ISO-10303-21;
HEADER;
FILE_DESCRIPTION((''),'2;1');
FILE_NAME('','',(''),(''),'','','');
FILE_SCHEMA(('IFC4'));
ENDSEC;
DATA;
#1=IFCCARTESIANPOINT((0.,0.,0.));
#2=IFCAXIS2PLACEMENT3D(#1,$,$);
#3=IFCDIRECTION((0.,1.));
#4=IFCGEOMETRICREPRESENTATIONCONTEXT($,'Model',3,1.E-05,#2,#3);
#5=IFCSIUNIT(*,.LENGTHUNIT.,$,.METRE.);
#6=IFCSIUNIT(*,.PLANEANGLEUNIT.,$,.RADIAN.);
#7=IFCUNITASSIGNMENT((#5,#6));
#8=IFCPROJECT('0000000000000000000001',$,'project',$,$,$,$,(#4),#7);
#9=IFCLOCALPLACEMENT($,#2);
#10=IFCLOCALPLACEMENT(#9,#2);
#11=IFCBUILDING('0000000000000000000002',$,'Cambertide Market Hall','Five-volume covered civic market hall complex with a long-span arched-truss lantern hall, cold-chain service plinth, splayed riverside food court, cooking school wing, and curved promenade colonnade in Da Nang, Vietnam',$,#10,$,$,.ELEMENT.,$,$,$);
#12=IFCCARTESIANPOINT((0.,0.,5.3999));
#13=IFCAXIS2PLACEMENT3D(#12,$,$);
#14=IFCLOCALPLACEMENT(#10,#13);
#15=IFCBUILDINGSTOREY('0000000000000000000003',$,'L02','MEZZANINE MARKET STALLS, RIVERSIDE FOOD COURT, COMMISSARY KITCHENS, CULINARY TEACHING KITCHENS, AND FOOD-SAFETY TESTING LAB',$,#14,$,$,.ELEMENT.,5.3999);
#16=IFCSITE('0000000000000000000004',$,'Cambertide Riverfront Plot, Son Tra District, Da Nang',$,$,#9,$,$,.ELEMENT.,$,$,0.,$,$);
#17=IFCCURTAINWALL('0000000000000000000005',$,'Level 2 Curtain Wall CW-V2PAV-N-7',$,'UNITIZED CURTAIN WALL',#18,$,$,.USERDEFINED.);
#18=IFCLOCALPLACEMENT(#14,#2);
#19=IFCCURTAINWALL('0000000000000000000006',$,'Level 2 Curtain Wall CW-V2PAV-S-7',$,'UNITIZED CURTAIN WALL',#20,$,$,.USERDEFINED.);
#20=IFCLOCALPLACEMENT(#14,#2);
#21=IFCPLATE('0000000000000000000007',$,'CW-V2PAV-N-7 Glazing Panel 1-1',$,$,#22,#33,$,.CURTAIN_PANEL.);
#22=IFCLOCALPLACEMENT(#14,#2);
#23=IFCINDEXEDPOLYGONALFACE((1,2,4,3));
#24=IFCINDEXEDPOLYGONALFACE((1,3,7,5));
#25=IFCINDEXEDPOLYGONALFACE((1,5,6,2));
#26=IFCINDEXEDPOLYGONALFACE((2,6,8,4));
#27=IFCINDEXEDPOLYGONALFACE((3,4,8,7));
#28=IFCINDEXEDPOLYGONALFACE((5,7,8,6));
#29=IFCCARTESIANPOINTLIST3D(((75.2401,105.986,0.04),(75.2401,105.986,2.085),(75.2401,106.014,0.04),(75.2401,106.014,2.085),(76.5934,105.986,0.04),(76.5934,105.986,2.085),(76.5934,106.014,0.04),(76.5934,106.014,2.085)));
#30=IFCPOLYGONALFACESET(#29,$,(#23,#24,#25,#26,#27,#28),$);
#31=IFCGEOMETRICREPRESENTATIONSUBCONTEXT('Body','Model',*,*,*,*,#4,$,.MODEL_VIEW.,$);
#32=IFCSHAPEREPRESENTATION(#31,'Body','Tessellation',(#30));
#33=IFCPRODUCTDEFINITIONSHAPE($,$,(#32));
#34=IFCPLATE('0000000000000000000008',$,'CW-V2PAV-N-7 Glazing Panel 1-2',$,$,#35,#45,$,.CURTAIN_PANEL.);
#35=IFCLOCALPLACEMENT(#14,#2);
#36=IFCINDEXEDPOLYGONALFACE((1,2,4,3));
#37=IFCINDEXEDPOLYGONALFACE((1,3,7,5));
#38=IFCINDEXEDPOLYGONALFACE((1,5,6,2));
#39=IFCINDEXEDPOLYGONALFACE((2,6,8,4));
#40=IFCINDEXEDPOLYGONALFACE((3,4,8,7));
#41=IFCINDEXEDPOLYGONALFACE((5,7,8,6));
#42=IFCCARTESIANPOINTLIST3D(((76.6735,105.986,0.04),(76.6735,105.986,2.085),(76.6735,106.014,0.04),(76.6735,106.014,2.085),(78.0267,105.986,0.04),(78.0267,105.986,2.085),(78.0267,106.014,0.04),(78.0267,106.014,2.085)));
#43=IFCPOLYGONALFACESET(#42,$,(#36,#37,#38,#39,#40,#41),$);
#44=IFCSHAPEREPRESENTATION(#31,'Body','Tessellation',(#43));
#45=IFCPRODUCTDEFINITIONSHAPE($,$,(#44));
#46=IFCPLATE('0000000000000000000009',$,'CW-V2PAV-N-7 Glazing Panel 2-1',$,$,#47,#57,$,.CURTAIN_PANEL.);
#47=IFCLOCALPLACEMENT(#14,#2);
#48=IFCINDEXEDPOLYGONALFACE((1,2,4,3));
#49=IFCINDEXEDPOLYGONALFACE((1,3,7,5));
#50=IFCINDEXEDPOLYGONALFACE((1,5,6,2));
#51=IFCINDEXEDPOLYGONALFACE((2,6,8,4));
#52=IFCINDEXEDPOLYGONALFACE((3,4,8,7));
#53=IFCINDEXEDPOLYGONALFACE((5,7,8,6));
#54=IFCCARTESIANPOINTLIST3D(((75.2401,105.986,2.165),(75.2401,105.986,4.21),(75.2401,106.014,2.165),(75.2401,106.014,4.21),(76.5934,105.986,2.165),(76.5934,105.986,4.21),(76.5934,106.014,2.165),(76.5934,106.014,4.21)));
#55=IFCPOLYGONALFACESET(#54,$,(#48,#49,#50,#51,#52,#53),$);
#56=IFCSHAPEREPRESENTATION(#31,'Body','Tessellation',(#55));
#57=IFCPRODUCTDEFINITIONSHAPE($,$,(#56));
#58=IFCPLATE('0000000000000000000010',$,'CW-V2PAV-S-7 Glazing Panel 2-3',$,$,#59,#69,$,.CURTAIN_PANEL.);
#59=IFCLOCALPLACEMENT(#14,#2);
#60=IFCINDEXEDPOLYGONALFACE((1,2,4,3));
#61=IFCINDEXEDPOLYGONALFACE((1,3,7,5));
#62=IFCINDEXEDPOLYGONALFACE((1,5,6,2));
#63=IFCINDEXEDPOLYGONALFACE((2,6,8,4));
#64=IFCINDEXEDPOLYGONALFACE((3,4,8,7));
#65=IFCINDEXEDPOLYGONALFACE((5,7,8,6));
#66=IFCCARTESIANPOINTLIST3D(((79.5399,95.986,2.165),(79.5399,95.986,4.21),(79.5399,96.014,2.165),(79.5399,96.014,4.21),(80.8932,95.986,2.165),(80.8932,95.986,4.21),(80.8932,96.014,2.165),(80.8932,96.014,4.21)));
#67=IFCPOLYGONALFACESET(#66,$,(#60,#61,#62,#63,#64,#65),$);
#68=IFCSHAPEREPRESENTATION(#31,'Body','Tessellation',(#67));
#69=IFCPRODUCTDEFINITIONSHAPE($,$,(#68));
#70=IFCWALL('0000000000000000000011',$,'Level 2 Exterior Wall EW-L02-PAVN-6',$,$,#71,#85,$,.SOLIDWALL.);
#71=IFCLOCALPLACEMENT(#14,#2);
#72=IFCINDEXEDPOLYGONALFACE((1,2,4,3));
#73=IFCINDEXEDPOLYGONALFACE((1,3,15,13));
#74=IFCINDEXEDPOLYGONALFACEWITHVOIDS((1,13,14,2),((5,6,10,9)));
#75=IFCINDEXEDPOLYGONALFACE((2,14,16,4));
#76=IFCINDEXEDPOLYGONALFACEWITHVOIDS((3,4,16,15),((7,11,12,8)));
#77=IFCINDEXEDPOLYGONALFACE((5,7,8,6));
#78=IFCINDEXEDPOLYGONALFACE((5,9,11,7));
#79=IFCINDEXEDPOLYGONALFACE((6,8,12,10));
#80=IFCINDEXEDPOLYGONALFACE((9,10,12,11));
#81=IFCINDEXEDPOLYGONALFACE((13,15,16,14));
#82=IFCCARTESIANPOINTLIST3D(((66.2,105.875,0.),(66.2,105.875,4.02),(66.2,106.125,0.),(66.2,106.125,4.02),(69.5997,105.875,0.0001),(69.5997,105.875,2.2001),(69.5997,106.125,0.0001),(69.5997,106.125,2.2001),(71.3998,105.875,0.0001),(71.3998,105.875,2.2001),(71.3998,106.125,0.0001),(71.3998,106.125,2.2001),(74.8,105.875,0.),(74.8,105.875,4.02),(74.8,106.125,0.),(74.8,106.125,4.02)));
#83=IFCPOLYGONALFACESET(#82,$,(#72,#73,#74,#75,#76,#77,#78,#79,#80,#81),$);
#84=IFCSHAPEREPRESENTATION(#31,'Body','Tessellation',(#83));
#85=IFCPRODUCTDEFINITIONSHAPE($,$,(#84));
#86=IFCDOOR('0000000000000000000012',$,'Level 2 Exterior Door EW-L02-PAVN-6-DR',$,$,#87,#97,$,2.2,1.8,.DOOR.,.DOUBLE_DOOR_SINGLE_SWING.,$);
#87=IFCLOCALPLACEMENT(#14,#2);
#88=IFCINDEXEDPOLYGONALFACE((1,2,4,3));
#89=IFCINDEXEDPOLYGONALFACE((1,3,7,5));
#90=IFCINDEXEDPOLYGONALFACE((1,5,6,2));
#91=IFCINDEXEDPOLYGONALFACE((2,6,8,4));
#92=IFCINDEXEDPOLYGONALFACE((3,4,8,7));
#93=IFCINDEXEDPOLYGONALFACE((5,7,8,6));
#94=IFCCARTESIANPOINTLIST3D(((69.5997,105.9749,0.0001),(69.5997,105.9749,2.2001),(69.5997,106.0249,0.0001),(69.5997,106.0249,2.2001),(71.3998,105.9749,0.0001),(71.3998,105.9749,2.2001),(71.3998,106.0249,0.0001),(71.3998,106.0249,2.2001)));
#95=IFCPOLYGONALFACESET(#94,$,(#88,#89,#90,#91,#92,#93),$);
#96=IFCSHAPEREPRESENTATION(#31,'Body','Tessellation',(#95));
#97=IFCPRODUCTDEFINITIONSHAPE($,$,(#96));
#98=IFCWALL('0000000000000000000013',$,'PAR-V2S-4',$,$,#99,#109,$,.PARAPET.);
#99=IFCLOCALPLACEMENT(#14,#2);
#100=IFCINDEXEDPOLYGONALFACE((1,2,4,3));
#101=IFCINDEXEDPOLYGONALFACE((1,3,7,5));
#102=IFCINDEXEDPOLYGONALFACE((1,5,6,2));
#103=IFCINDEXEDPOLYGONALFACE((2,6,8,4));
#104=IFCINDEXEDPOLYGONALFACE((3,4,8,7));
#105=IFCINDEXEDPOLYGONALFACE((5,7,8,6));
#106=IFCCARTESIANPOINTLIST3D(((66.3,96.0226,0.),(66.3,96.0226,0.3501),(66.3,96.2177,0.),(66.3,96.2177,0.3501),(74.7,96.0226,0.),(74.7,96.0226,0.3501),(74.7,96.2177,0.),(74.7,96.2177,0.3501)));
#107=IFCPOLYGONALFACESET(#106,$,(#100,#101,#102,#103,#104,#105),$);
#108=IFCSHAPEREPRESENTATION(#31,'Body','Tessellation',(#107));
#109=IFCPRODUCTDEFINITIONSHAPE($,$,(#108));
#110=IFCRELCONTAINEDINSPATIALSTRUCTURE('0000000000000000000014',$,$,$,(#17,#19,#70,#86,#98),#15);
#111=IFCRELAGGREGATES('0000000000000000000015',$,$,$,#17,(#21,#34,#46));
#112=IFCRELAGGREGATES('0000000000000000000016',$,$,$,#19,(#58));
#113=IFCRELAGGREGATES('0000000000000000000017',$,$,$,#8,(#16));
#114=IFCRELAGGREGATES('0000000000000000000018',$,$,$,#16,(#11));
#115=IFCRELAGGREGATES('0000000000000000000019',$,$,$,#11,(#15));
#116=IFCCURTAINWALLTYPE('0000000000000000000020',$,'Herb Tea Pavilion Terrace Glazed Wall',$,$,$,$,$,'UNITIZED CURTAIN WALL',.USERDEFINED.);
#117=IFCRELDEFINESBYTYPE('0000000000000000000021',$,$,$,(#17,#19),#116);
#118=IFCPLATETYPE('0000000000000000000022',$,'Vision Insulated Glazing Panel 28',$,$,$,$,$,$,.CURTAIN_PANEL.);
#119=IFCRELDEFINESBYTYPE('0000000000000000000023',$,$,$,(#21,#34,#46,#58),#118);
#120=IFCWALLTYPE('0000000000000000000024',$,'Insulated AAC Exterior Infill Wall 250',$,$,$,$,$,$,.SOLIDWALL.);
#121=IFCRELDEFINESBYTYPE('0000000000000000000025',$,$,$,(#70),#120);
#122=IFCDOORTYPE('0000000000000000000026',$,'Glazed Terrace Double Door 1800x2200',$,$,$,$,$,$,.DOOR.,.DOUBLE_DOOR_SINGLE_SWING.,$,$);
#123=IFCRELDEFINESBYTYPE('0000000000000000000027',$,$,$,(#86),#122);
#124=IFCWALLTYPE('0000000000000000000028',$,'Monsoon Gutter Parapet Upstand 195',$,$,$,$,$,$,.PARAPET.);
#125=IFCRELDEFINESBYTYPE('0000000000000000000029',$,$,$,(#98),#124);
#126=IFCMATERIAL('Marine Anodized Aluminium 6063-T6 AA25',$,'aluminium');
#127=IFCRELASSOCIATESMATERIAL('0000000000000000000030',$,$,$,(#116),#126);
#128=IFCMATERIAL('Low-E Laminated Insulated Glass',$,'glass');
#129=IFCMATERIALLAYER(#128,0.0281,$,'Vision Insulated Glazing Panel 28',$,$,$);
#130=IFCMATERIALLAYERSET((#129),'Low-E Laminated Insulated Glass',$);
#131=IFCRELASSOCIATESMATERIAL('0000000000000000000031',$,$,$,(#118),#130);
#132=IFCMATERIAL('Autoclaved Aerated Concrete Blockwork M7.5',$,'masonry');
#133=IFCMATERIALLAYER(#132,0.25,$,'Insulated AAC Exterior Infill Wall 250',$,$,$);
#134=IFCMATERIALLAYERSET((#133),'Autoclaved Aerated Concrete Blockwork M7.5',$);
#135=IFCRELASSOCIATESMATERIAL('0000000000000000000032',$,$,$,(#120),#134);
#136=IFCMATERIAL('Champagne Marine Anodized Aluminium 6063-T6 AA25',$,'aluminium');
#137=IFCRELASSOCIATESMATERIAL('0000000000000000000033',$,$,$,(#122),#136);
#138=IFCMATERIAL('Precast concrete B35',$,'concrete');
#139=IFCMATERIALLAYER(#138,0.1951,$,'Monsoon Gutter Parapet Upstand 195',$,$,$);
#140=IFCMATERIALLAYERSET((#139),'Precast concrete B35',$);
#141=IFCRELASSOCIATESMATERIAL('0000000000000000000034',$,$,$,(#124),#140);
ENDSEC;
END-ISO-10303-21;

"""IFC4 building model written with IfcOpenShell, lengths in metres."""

from ifc_helpers import new_model, si_unit, direction, frame, frame_2d, origin, origin_2d, place, context, subcontext, project, spatial, rectangle, extrude, material, layer, layer_set, type_object, element, fill, aggregate, save


model = new_model("IFC4")

# Units and contexts
model_context = context("Model", 3, precision=1e-05, world=origin(), true_north=direction((0.0, 1.0)))
body_context = subcontext(model_context, "Body", "Model", "MODEL_VIEW")
ifc_project = project(units=[si_unit("LENGTHUNIT", "METRE"), si_unit("PLANEANGLEUNIT", "RADIAN")], contexts=[model_context])

# Site, building, storey
site_placement = place(None, origin())
site = spatial("IfcSite", under=ifc_project, at=site_placement, Name="Cambertide Riverfront Plot, Son Tra District, Da Nang", CompositionType="ELEMENT", RefElevation=0.0)
building_placement = place(site_placement, origin())
building = spatial("IfcBuilding", under=site, at=building_placement, Name="Cambertide Market Hall", Description="Five-volume covered civic market hall complex with a long-span arched-truss lantern hall, cold-chain service plinth, splayed riverside food court, cooking school wing, and curved promenade colonnade in Da Nang, Vietnam", CompositionType="ELEMENT")
storey_placement = place(building_placement, frame((0.0, 0.0, 5.3999)))
storey = spatial("IfcBuildingStorey", under=building, at=storey_placement, Name="L02", Description="MEZZANINE MARKET STALLS, RIVERSIDE FOOD COURT, COMMISSARY KITCHENS, CULINARY TEACHING KITCHENS, AND FOOD-SAFETY TESTING LAB", CompositionType="ELEMENT", Elevation=5.3999)

# Curtain wall
ifc_material_1 = material(Name="Marine Anodized Aluminium 6063-T6 AA25", Category="aluminium")
curtain_wall_type = type_object("IfcCurtainWallType", Name="Herb Tea Pavilion Terrace Glazed Wall", ElementType="UNITIZED CURTAIN WALL", PredefinedType="USERDEFINED", material=ifc_material_1)
curtain_wall_1_placement = place(storey_placement, origin())
curtain_wall_1 = element("IfcCurtainWall", 1, at=curtain_wall_1_placement, inside=storey, type_object=curtain_wall_type, Name="Level 2 Curtain Wall CW-V2PAV-N-7", ObjectType="UNITIZED CURTAIN WALL", PredefinedType="USERDEFINED")

# Curtain wall
curtain_wall_2_placement = place(storey_placement, origin())
curtain_wall_2 = element("IfcCurtainWall", 2, at=curtain_wall_2_placement, inside=storey, type_object=curtain_wall_type, Name="Level 2 Curtain Wall CW-V2PAV-S-7", ObjectType="UNITIZED CURTAIN WALL", PredefinedType="USERDEFINED")

# Plates
ifc_material_2 = material(Name="Low-E Laminated Insulated Glass", Category="glass")
ifc_layer_1 = layer(ifc_material_2, 0.0281, Name="Vision Insulated Glazing Panel 28")
ifc_layer_set_1 = layer_set([ifc_layer_1], Name="Low-E Laminated Insulated Glass")
plate_type = type_object("IfcPlateType", Name="Vision Insulated Glazing Panel 28", PredefinedType="CURTAIN_PANEL", material=ifc_layer_set_1)
plate_1_placement = place(storey_placement, frame((75.9167, 106.0, 0.04), z_axis=(0.0, 0.0, 1.0), x_axis=(1.0, 0.0, 0.0)))
plate_1 = element("IfcPlate", 3, at=plate_1_placement, type_object=plate_type, Name="CW-V2PAV-N-7 Glazing Panel 1-1", PredefinedType="CURTAIN_PANEL", context=body_context, shape_type="SweptSolid", body=[
    extrude(rectangle(XDim=1.3533, YDim=0.0281, at=origin_2d()), origin(), (0.0, 0.0, 1.0), 2.0449),
])
plate_2_placement = place(storey_placement, frame((77.3501, 106.0, 0.04), z_axis=(0.0, 0.0, 1.0), x_axis=(1.0, 0.0, 0.0)))
plate_2 = element("IfcPlate", 4, at=plate_2_placement, type_object=plate_type, Name="CW-V2PAV-N-7 Glazing Panel 1-2", PredefinedType="CURTAIN_PANEL", context=body_context, shape_type="SweptSolid", body=[
    extrude(rectangle(XDim=1.3533, YDim=0.0281, at=origin_2d()), origin(), (0.0, 0.0, 1.0), 2.0449),
])
plate_3_placement = place(storey_placement, frame((75.9167, 106.0, 2.165), z_axis=(0.0, 0.0, 1.0), x_axis=(1.0, 0.0, 0.0)))
plate_3 = element("IfcPlate", 5, at=plate_3_placement, type_object=plate_type, Name="CW-V2PAV-N-7 Glazing Panel 2-1", PredefinedType="CURTAIN_PANEL", context=body_context, shape_type="SweptSolid", body=[
    extrude(rectangle(XDim=1.3533, YDim=0.0281, at=origin_2d()), origin(), (0.0, 0.0, 1.0), 2.0449),
])
aggregate(curtain_wall_1, [plate_1, plate_2, plate_3])
plate_4_placement = place(storey_placement, frame((80.2166, 96.0, 2.165), z_axis=(0.0, 0.0, 1.0), x_axis=(-1.0, 0.0, 0.0)))
plate_4 = element("IfcPlate", 6, at=plate_4_placement, type_object=plate_type, Name="CW-V2PAV-S-7 Glazing Panel 2-3", PredefinedType="CURTAIN_PANEL", context=body_context, shape_type="SweptSolid", body=[
    extrude(rectangle(XDim=1.3533, YDim=0.0281, at=origin_2d()), origin(), (0.0, 0.0, 1.0), 2.0449),
])
aggregate(curtain_wall_2, [plate_4])

# Wall, opening, door
ifc_material_3 = material(Name="Autoclaved Aerated Concrete Blockwork M7.5", Category="masonry")
ifc_layer_2 = layer(ifc_material_3, 0.25, Name="Insulated AAC Exterior Infill Wall 250")
ifc_layer_set_2 = layer_set([ifc_layer_2], Name="Autoclaved Aerated Concrete Blockwork M7.5")
wall_type_1 = type_object("IfcWallType", Name="Insulated AAC Exterior Infill Wall 250", PredefinedType="SOLIDWALL", material=ifc_layer_set_2)
wall_1_placement = place(storey_placement, frame((66.2, 106.0, 0.0), z_axis=(0.0, 0.0, 1.0), x_axis=(1.0, 0.0, 0.0)))
wall_1 = element("IfcWall", 7, at=wall_1_placement, inside=storey, type_object=wall_type_1, Name="Level 2 Exterior Wall EW-L02-PAVN-6", PredefinedType="SOLIDWALL", context=body_context, shape_type="SweptSolid", body=[
    extrude(rectangle(XDim=8.6001, YDim=0.25, at=frame_2d((4.3, 0.0))), origin(), (0.0, 0.0, 1.0), 4.02),
])
opening_placement = place(wall_1_placement, frame((3.3999, 0.0, 0.0)))
opening = element("IfcOpeningElement", 8, at=opening_placement, cuts=wall_1, PredefinedType="OPENING", context=body_context, shape_type="SweptSolid", body=[
    extrude(rectangle(XDim=1.8, YDim=2.2, at=frame_2d((0.8999, 1.1001))), frame((0.0, 0.135, 0.0), z_axis=(0.0, -1.0, 0.0), x_axis=(1.0, 0.0, 0.0)), (0.0, 0.0, 1.0), 0.27),
])
ifc_material_4 = material(Name="Champagne Marine Anodized Aluminium 6063-T6 AA25", Category="aluminium")
door_type = type_object("IfcDoorType", Name="Glazed Terrace Double Door 1800x2200", OperationType="DOUBLE_DOOR_SINGLE_SWING", PredefinedType="DOOR", material=ifc_material_4)
door_placement = place(opening_placement, origin())
door = element("IfcDoor", 9, at=door_placement, inside=storey, type_object=door_type, Name="Level 2 Exterior Door EW-L02-PAVN-6-DR", OperationType="DOUBLE_DOOR_SINGLE_SWING", OverallHeight=2.2, OverallWidth=1.8, PredefinedType="DOOR", context=body_context, shape_type="SweptSolid", body=[
    extrude(rectangle(XDim=1.8, YDim=2.2, at=frame_2d((0.8999, 1.1001))), frame((0.0, 0.0249, 0.0), z_axis=(0.0, -1.0, 0.0), x_axis=(1.0, 0.0, 0.0)), (0.0, 0.0, 1.0), 0.05),
])
fill(opening, door)

# Wall
ifc_material_5 = material(Name="Precast concrete B35", Category="concrete")
ifc_layer_3 = layer(ifc_material_5, 0.1951, Name="Monsoon Gutter Parapet Upstand 195")
ifc_layer_set_3 = layer_set([ifc_layer_3], Name="Precast concrete B35")
wall_type_2 = type_object("IfcWallType", Name="Monsoon Gutter Parapet Upstand 195", PredefinedType="PARAPET", material=ifc_layer_set_3)
wall_2_placement = place(storey_placement, frame((74.7, 96.1201, 0.0), z_axis=(0.0, 0.0, 1.0), x_axis=(-1.0, 0.0, 0.0)))
element("IfcWall", 10, at=wall_2_placement, inside=storey, type_object=wall_type_2, Name="PAR-V2S-4", PredefinedType="PARAPET", context=body_context, shape_type="SweptSolid", body=[
    extrude(rectangle(XDim=8.3999, YDim=0.1951, at=frame_2d((4.2, 0.0))), origin(), (0.0, 0.0, 1.0), 0.3501),
])

save(model, "model.ifc")
